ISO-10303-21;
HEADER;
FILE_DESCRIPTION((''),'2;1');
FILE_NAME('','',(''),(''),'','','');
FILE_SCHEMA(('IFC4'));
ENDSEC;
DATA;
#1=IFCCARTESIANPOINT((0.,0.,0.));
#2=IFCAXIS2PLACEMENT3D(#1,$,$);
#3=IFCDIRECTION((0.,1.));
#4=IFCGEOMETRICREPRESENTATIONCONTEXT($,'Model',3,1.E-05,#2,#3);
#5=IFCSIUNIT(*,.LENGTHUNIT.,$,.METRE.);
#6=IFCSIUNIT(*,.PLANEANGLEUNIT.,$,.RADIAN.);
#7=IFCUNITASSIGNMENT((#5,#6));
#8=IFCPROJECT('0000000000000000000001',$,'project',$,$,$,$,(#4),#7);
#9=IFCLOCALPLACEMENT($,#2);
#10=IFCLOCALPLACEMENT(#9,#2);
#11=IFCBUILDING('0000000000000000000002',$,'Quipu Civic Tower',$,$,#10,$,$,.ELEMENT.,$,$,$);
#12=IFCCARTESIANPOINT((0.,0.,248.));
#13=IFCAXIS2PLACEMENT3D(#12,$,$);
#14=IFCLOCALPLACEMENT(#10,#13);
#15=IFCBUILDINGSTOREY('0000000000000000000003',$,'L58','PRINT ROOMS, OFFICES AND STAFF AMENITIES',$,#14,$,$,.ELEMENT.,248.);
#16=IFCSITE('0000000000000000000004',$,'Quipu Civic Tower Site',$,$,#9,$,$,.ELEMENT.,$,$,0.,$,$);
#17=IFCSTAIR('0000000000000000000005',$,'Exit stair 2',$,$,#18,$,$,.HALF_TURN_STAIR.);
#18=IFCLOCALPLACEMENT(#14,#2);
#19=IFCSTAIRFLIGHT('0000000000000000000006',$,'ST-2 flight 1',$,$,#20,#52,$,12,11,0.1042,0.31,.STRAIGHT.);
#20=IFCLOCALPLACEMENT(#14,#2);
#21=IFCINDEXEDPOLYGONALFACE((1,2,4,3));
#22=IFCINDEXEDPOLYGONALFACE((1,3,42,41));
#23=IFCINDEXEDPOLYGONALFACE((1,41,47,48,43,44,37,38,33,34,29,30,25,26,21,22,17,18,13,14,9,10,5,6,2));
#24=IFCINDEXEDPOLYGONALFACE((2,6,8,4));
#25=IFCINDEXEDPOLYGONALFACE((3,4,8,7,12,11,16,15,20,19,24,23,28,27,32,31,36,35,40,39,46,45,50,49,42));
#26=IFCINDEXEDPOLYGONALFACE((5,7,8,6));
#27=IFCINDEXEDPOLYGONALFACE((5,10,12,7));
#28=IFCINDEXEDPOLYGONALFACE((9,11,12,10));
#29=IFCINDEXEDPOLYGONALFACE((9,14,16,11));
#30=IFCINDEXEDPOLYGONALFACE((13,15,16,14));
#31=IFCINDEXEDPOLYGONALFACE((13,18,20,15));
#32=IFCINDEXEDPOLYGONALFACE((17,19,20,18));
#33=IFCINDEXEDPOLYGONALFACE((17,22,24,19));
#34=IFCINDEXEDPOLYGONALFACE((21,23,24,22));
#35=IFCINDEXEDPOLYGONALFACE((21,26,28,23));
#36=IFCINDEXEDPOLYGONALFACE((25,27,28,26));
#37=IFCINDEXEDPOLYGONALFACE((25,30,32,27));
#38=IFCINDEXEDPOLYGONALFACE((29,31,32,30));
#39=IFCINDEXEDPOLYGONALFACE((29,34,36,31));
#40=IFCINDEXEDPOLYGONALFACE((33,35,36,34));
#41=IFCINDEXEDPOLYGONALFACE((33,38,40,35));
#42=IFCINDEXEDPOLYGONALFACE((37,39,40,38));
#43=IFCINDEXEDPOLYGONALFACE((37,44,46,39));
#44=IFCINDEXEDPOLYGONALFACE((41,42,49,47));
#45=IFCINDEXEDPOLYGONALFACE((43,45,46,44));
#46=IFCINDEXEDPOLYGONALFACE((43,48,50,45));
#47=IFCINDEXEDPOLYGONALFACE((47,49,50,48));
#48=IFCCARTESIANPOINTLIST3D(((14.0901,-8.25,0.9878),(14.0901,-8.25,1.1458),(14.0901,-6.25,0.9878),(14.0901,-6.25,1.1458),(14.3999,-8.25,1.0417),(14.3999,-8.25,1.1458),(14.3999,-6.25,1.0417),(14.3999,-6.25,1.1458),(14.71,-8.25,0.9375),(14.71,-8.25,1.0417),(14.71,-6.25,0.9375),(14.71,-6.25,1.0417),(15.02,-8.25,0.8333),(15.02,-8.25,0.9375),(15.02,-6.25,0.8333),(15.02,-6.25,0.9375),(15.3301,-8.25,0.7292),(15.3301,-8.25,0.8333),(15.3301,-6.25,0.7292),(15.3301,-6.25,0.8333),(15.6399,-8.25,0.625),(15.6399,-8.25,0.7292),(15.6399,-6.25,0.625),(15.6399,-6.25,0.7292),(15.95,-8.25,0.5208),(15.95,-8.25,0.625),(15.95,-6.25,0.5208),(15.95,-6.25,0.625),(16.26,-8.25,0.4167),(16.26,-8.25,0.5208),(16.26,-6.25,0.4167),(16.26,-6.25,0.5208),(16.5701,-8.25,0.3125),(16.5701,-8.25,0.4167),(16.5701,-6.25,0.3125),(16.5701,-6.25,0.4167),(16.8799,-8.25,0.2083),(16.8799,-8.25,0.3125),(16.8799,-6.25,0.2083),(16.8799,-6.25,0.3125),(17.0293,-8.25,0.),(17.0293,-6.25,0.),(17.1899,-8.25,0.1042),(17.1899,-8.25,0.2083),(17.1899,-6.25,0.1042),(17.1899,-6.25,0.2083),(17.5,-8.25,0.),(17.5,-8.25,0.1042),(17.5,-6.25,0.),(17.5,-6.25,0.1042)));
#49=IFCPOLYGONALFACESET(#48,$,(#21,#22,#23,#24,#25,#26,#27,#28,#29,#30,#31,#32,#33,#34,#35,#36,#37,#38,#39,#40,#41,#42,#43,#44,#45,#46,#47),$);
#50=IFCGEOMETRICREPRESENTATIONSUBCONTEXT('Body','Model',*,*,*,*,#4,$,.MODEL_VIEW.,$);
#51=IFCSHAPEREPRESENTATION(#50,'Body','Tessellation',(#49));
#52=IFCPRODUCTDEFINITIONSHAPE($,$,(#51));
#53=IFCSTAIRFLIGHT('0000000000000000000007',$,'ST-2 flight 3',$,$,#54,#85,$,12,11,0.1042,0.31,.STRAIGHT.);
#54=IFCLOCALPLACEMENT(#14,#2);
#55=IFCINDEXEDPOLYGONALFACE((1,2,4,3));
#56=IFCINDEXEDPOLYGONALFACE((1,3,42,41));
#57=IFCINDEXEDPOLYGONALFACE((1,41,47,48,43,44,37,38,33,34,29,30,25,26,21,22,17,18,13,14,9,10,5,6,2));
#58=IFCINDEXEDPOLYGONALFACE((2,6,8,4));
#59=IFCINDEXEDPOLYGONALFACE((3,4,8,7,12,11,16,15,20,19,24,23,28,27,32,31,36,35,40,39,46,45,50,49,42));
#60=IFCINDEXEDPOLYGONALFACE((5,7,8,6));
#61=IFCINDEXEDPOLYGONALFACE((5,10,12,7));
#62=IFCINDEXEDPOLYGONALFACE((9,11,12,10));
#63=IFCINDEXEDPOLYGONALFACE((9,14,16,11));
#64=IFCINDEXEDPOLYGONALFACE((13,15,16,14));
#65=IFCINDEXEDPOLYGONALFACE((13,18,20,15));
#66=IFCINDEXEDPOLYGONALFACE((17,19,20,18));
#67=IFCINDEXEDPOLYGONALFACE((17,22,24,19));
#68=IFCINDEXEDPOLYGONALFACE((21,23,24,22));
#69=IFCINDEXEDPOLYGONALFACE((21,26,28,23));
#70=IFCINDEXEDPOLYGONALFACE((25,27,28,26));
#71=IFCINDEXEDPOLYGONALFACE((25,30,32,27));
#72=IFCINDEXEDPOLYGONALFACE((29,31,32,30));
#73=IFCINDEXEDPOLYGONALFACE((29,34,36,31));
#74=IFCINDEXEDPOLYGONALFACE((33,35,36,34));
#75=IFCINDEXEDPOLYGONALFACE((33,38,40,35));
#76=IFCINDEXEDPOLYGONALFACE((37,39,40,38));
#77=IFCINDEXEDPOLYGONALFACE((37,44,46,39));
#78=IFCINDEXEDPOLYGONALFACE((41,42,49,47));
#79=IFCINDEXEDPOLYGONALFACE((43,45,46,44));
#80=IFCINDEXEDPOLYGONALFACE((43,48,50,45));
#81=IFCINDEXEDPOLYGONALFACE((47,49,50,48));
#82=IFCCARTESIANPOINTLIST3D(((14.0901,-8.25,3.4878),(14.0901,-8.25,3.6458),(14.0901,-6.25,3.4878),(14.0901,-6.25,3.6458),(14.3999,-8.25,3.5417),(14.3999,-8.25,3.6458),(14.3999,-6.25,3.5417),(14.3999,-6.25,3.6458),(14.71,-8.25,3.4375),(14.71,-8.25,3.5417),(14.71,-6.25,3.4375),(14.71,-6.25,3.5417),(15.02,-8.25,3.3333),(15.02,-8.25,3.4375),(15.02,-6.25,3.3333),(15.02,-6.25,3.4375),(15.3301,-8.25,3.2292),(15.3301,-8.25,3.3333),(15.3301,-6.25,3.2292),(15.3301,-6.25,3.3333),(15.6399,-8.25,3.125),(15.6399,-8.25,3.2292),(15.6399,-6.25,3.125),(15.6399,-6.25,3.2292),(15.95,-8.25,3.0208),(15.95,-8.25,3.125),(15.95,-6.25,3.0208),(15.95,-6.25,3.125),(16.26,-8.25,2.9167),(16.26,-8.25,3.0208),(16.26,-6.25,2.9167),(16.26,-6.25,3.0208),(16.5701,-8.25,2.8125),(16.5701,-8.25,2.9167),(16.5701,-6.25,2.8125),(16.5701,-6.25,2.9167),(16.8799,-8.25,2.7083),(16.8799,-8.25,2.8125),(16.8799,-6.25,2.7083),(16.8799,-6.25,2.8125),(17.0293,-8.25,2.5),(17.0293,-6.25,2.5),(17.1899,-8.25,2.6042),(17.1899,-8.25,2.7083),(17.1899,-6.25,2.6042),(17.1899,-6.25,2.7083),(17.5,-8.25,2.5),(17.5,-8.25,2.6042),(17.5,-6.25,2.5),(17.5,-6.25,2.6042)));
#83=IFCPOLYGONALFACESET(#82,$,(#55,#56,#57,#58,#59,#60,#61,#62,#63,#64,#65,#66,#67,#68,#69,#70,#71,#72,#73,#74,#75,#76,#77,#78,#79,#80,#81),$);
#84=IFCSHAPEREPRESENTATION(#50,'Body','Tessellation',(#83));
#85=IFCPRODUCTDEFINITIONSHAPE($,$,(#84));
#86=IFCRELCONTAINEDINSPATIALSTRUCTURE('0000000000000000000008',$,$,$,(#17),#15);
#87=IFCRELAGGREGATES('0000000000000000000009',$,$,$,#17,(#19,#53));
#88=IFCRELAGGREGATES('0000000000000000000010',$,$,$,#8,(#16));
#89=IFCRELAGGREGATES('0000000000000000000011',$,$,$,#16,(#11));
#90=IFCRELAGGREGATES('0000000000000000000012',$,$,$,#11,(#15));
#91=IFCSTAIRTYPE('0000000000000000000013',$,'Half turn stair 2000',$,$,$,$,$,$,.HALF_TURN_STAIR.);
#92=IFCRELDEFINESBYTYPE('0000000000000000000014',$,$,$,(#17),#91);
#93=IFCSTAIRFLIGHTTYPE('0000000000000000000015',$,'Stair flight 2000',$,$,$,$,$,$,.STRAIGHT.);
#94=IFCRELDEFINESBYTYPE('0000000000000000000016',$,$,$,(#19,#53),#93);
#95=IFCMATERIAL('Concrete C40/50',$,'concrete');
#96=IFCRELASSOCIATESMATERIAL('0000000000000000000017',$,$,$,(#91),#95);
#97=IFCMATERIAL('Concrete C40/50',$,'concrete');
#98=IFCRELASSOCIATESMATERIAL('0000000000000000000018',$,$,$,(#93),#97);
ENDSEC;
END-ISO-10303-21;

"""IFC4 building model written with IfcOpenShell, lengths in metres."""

from ifc_helpers import new_model, si_unit, direction, frame, origin, place, context, subcontext, project, spatial, polyline, outline, extrude, material, type_object, element, aggregate, save


model = new_model("IFC4")

# Units and contexts
model_context = context("Model", 3, precision=1e-05, world=origin(), true_north=direction((0.0, 1.0)))
body_context = subcontext(model_context, "Body", "Model", "MODEL_VIEW")
ifc_project = project(units=[si_unit("LENGTHUNIT", "METRE"), si_unit("PLANEANGLEUNIT", "RADIAN")], contexts=[model_context])

# Site, building, storey
site_placement = place(None, origin())
site = spatial("IfcSite", under=ifc_project, at=site_placement, Name="Quipu Civic Tower Site", CompositionType="ELEMENT", RefElevation=0.0)
building_placement = place(site_placement, origin())
building = spatial("IfcBuilding", under=site, at=building_placement, Name="Quipu Civic Tower", CompositionType="ELEMENT")
storey_placement = place(building_placement, frame((0.0, 0.0, 248.0)))
storey = spatial("IfcBuildingStorey", under=building, at=storey_placement, Name="L58", Description="PRINT ROOMS, OFFICES AND STAFF AMENITIES", CompositionType="ELEMENT", Elevation=248.0)

# Stair, stair flights
ifc_material_1 = material(Name="Concrete C40/50", Category="concrete")
stair_type = type_object("IfcStairType", Name="Half turn stair 2000", PredefinedType="HALF_TURN_STAIR", material=ifc_material_1)
stair_placement = place(storey_placement, origin())
stair = element("IfcStair", 1, at=stair_placement, inside=storey, type_object=stair_type, Name="Exit stair 2", PredefinedType="HALF_TURN_STAIR")
ifc_material_2 = material(Name="Concrete C40/50", Category="concrete")
stair_flight_type = type_object("IfcStairFlightType", Name="Stair flight 2000", PredefinedType="STRAIGHT", material=ifc_material_2)
stair_flight_1_placement = place(storey_placement, frame((17.5, -7.25, 0.0), z_axis=(0.0, 0.0, 1.0), x_axis=(-1.0, 0.0, 0.0)))
stair_flight_1 = element("IfcStairFlight", 2, at=stair_flight_1_placement, type_object=stair_flight_type, Name="ST-2 flight 1", NumberOfRisers=12, NumberOfTreads=11, PredefinedType="STRAIGHT", RiserHeight=0.1042, TreadLength=0.31, context=body_context, shape_type="SweptSolid", body=[
    extrude(outline(polyline([(0.0, 0.0), (0.0, 0.1042), (0.3101, 0.1042), (0.3101, 0.2083), (0.6201, 0.2083), (0.6201, 0.3125), (0.9299, 0.3125), (0.9299, 0.4167), (1.24, 0.4167), (1.24, 0.5208), (1.55, 0.5208), (1.55, 0.625), (1.8601, 0.625), (1.8601, 0.7292), (2.1699, 0.7292), (2.1699, 0.8333), (2.48, 0.8333), (2.48, 0.9375), (2.79, 0.9375), (2.79, 1.0417), (3.1001, 1.0417), (3.1001, 1.1458), (3.4099, 1.1458), (3.4099, 1.25), (3.4099, 0.9878), (0.4707, 0.0), (0.0, 0.0)])), frame((0.0, 1.0, 0.0), z_axis=(0.0, -1.0, 0.0), x_axis=(1.0, 0.0, 0.0)), (0.0, 0.0, 1.0), 2.0),
])
stair_flight_2_placement = place(storey_placement, frame((17.5, -7.25, 2.5), z_axis=(0.0, 0.0, 1.0), x_axis=(-1.0, 0.0, 0.0)))
stair_flight_2 = element("IfcStairFlight", 3, at=stair_flight_2_placement, type_object=stair_flight_type, Name="ST-2 flight 3", NumberOfRisers=12, NumberOfTreads=11, PredefinedType="STRAIGHT", RiserHeight=0.1042, TreadLength=0.31, context=body_context, shape_type="SweptSolid", body=[
    extrude(outline(polyline([(0.0, 0.0), (0.0, 0.1042), (0.3101, 0.1042), (0.3101, 0.2083), (0.6201, 0.2083), (0.6201, 0.3125), (0.9299, 0.3125), (0.9299, 0.4167), (1.24, 0.4167), (1.24, 0.5208), (1.55, 0.5208), (1.55, 0.625), (1.8601, 0.625), (1.8601, 0.7292), (2.1699, 0.7292), (2.1699, 0.8333), (2.48, 0.8333), (2.48, 0.9375), (2.79, 0.9375), (2.79, 1.0417), (3.1001, 1.0417), (3.1001, 1.1458), (3.4099, 1.1458), (3.4099, 1.25), (3.4099, 0.9878), (0.4707, 0.0), (0.0, 0.0)])), frame((0.0, 1.0, 0.0), z_axis=(0.0, -1.0, 0.0), x_axis=(1.0, 0.0, 0.0)), (0.0, 0.0, 1.0), 2.0),
])
aggregate(stair, [stair_flight_1, stair_flight_2])

save(model, "model.ifc")
